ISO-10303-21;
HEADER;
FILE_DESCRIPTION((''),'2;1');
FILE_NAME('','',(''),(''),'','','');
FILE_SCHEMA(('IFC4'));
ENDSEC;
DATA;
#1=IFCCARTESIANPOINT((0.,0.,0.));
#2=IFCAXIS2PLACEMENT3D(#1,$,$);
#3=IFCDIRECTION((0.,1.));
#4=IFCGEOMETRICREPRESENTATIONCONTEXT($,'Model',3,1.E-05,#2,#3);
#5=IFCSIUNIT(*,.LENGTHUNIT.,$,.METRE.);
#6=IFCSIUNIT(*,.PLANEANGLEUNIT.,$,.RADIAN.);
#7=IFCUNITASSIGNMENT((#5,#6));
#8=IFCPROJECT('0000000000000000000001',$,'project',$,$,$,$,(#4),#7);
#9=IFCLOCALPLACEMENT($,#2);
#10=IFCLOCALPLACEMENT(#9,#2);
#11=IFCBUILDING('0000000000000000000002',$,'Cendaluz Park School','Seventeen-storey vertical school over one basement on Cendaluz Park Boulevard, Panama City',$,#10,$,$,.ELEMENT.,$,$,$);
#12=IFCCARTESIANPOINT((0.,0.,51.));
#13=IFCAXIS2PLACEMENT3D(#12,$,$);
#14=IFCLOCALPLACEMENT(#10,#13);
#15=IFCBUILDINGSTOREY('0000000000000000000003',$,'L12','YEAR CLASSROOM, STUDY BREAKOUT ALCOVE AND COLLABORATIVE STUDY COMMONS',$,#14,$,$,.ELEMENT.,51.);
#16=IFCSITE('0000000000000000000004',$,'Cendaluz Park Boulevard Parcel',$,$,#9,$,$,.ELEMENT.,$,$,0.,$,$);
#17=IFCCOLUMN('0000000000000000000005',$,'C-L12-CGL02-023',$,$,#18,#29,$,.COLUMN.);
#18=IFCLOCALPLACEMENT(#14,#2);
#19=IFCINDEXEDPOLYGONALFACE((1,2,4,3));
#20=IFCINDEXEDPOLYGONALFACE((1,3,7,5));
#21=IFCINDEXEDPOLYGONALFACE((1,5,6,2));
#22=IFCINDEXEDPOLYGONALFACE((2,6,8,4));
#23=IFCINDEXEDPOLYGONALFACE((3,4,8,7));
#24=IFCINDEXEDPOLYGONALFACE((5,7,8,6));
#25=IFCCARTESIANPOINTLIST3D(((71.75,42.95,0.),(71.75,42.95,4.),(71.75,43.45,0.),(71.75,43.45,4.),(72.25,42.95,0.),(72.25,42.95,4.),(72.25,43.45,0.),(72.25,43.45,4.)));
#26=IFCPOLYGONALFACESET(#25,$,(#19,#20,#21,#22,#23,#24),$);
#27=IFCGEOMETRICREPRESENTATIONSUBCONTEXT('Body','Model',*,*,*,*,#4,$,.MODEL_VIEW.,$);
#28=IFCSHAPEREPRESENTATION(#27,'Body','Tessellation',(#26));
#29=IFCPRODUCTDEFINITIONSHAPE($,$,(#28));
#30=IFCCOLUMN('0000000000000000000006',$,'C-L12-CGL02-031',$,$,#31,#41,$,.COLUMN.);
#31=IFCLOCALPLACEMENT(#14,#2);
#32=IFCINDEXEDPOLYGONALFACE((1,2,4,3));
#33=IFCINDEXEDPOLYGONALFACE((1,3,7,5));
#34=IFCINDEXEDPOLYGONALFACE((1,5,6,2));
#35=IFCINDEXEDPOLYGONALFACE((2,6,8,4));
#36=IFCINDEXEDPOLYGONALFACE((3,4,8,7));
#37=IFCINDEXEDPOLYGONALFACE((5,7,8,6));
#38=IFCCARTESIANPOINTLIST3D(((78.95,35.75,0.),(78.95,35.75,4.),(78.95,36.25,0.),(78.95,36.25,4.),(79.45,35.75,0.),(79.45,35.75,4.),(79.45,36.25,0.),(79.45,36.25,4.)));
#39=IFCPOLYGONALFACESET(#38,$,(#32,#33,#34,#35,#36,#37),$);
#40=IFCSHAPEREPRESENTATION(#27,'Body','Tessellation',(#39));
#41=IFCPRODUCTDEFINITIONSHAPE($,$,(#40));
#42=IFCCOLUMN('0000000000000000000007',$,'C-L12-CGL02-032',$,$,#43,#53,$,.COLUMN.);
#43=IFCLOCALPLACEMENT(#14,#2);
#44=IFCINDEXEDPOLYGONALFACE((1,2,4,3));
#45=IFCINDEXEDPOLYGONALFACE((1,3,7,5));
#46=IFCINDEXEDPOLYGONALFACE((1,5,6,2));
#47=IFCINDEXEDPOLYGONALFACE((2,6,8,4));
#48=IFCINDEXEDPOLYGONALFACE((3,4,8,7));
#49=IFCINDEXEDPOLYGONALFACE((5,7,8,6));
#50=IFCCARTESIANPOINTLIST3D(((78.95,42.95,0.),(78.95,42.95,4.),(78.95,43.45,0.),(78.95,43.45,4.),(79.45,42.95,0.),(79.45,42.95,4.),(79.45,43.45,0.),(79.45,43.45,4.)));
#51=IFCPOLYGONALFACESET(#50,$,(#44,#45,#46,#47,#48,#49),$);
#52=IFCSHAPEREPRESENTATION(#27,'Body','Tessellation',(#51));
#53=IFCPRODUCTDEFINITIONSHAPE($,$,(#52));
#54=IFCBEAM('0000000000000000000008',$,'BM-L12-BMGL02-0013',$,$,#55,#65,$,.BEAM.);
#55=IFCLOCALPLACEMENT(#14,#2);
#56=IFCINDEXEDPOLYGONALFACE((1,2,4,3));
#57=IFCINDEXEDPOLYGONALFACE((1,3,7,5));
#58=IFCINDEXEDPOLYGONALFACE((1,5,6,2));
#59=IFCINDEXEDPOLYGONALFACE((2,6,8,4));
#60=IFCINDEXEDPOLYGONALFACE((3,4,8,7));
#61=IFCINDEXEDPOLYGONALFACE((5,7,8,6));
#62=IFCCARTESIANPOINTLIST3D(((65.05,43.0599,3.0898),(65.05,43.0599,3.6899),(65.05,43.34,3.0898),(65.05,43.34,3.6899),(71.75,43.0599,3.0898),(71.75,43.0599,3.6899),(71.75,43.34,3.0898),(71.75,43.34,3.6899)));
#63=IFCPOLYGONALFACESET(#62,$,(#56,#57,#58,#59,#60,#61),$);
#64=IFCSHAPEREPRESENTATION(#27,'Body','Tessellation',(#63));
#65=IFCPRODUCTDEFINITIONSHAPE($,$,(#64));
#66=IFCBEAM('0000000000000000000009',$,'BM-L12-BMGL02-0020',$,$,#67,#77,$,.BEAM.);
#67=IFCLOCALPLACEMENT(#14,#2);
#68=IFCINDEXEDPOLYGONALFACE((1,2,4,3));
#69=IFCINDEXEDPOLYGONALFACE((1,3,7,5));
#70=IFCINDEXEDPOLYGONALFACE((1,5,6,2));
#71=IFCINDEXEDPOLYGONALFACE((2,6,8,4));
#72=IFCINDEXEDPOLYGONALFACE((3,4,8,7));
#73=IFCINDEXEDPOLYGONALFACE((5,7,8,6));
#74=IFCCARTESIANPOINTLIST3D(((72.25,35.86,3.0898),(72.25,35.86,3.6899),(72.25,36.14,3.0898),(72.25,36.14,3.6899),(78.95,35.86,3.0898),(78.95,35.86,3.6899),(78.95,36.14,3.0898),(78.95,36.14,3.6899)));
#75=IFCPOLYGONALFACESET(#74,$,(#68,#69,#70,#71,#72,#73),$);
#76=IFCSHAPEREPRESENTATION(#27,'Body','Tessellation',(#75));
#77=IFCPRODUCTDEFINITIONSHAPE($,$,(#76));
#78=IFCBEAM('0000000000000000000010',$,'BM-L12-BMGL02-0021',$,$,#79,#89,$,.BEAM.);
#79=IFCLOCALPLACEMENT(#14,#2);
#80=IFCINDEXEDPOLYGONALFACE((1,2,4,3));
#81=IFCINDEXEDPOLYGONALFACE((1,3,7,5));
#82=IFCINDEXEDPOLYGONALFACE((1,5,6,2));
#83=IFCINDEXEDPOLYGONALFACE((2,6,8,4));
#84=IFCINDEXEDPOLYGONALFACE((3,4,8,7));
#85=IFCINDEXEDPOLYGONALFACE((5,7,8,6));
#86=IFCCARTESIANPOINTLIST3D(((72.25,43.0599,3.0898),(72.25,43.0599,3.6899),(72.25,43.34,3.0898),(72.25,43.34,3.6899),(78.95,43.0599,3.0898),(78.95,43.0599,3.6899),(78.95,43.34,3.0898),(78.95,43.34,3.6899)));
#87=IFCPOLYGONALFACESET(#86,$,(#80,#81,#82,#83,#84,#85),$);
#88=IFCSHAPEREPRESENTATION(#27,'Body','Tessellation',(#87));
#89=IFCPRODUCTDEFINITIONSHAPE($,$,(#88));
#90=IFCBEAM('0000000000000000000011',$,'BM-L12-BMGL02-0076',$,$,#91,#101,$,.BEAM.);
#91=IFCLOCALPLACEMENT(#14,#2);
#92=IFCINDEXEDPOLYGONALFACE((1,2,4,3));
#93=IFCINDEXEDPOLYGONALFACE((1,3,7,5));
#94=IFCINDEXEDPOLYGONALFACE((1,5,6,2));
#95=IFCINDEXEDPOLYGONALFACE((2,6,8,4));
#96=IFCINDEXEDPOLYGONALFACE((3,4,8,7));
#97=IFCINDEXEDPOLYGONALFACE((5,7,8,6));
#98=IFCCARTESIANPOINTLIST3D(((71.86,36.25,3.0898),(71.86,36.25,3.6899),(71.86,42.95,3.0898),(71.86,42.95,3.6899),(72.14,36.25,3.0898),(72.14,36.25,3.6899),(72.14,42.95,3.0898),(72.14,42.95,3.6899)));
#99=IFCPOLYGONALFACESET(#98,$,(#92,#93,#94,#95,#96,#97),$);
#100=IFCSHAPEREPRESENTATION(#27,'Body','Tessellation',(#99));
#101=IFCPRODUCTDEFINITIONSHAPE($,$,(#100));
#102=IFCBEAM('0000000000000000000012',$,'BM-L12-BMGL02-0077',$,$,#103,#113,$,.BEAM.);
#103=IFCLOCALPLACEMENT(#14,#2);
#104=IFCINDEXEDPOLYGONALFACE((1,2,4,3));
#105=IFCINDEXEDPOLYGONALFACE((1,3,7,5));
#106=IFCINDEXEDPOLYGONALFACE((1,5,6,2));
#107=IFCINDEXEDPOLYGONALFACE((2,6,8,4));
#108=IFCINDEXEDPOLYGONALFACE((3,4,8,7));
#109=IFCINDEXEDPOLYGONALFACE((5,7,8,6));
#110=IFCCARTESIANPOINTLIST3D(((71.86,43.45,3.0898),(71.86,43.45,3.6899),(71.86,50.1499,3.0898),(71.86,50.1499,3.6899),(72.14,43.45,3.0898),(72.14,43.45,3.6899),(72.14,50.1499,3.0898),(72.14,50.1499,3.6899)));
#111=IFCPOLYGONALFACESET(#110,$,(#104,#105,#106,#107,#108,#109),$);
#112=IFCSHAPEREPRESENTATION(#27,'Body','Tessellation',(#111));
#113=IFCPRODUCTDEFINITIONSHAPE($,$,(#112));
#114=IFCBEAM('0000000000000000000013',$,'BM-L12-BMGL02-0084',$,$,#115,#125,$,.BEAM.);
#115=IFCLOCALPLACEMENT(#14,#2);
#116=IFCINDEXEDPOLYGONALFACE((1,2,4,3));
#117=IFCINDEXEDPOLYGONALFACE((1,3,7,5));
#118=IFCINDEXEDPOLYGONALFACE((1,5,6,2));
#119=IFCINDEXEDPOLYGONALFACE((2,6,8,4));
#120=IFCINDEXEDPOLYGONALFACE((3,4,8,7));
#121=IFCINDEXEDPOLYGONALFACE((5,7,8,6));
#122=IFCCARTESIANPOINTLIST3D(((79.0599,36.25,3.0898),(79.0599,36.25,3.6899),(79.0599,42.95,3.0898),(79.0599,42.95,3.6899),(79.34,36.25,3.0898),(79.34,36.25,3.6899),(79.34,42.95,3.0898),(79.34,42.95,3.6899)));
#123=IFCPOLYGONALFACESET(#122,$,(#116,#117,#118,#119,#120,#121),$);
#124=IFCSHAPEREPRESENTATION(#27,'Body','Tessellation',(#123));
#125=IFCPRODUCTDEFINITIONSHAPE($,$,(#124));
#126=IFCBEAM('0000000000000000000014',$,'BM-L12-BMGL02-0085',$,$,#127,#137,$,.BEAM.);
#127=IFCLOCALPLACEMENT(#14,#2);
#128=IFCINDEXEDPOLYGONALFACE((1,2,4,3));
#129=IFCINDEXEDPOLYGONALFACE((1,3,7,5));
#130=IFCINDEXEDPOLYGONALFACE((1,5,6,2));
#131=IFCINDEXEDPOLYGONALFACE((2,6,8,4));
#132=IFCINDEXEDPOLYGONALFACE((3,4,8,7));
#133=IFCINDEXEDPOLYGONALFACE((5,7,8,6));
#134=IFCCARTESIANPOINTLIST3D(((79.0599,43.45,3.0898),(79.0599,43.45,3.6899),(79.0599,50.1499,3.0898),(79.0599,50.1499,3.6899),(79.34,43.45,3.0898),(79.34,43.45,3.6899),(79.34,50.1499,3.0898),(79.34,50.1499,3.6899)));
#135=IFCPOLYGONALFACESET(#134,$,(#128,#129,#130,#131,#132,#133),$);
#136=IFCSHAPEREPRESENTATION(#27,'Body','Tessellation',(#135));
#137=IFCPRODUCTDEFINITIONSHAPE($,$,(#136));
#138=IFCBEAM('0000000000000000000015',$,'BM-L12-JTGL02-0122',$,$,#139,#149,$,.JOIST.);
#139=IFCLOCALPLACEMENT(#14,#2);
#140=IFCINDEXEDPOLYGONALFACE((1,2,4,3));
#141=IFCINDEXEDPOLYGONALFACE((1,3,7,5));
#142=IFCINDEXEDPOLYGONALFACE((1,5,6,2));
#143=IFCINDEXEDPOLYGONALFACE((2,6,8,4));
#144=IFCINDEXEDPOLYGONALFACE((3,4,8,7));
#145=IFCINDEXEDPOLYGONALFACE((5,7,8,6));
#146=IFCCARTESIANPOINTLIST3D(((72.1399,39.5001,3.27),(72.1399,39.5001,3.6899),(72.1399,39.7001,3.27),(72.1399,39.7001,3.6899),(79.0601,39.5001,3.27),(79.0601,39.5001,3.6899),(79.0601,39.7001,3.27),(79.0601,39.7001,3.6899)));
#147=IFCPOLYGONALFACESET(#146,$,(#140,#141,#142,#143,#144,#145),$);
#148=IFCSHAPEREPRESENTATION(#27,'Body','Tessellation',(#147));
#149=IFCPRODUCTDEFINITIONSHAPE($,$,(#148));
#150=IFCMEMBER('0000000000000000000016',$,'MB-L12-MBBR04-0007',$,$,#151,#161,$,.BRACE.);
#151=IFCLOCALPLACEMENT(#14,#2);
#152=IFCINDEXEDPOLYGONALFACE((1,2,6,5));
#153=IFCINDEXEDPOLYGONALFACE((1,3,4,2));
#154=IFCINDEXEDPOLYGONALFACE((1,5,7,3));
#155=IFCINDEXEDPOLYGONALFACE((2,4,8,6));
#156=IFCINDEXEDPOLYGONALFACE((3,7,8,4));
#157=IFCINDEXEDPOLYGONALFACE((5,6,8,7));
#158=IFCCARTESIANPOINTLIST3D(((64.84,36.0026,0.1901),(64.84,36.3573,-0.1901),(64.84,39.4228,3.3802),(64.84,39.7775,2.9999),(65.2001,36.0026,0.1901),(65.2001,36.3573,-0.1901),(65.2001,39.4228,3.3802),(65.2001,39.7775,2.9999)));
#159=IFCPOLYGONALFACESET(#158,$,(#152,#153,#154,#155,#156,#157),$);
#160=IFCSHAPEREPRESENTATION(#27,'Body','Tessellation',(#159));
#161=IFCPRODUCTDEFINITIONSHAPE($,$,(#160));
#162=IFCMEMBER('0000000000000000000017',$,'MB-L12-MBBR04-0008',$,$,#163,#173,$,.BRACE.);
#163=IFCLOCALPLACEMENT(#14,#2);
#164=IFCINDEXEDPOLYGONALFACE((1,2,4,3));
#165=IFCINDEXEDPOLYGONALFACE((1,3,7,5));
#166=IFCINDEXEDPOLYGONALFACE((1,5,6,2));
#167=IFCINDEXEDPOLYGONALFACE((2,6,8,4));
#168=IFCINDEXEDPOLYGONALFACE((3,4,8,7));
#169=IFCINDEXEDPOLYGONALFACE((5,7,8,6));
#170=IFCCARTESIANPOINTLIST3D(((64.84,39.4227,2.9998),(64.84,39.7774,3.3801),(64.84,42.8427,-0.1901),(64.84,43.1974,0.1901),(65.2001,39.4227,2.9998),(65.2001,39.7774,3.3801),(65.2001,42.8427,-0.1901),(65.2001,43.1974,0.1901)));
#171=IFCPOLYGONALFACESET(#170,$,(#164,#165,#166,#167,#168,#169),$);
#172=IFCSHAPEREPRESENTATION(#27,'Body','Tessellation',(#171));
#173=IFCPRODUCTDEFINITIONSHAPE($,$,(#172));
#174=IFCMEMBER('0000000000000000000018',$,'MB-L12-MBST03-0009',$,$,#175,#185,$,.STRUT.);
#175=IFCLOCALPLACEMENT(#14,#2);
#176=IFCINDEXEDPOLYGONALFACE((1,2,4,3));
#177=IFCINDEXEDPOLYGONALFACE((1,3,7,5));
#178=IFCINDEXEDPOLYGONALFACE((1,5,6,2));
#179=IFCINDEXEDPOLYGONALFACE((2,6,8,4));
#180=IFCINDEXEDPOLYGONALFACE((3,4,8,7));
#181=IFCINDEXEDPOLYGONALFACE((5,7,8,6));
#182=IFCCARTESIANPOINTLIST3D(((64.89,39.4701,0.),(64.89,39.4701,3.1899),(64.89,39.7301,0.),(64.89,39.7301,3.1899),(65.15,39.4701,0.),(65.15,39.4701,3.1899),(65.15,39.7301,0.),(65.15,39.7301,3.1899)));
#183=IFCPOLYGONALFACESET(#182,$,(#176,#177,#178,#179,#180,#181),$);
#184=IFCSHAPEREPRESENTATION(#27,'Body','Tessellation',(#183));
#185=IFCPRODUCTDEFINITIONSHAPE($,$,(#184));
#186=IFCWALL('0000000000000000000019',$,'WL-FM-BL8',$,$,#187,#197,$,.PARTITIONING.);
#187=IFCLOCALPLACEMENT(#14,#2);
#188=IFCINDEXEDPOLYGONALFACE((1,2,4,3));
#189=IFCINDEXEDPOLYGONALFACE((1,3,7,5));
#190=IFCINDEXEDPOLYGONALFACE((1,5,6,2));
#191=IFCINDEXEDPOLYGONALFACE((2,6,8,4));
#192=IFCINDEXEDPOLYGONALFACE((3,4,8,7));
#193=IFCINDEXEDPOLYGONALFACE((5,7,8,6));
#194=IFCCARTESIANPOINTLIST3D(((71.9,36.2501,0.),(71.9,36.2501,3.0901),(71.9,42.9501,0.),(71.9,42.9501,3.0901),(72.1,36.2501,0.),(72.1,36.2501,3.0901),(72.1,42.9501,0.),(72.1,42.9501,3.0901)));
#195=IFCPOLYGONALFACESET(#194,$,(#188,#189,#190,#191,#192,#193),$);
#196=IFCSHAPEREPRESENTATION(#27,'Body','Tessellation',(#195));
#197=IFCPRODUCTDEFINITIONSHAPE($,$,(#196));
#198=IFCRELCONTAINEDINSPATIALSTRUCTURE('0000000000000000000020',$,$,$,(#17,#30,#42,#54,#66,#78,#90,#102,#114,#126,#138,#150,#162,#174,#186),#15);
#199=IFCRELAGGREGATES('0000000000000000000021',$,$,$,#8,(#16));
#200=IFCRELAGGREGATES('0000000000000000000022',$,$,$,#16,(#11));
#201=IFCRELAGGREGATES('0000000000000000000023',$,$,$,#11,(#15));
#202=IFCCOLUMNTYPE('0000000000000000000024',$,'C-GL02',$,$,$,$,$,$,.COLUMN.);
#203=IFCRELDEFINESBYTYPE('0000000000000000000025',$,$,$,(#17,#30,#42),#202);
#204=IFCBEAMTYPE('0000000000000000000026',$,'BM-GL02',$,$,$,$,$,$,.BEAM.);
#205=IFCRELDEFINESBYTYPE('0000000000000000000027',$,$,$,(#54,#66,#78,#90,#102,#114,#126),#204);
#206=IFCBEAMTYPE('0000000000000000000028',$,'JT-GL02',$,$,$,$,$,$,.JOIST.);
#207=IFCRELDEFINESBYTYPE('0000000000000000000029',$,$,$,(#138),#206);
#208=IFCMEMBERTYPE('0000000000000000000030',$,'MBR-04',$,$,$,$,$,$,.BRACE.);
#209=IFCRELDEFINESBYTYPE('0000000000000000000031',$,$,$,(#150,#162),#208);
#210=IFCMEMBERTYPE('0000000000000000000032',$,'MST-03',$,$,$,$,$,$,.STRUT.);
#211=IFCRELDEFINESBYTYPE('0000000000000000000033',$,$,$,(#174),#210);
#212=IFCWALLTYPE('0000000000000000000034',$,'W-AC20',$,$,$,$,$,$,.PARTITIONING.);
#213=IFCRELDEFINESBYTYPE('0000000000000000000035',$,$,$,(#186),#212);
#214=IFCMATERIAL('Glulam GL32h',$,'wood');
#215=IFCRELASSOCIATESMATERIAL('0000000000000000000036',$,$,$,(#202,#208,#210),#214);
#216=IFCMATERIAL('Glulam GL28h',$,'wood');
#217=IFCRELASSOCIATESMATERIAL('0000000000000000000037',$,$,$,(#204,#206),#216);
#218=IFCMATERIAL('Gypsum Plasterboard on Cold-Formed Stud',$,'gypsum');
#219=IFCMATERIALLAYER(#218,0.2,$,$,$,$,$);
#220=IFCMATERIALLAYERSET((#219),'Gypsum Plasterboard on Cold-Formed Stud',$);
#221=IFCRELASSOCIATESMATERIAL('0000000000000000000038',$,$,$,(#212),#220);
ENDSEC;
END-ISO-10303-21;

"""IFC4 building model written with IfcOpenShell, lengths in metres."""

from ifc_helpers import new_model, si_unit, direction, frame, frame_2d, origin, origin_2d, place, context, subcontext, project, spatial, rectangle, extrude, material, layer, layer_set, material_profile, profile_set, type_object, element, save


model = new_model("IFC4")

# Units and contexts
model_context = context("Model", 3, precision=1e-05, world=origin(), true_north=direction((0.0, 1.0)))
body_context = subcontext(model_context, "Body", "Model", "MODEL_VIEW")
ifc_project = project(units=[si_unit("LENGTHUNIT", "METRE"), si_unit("PLANEANGLEUNIT", "RADIAN")], contexts=[model_context])

# Site, building, storey
site_placement = place(None, origin())
site = spatial("IfcSite", under=ifc_project, at=site_placement, Name="Cendaluz Park Boulevard Parcel", CompositionType="ELEMENT", RefElevation=0.0)
building_placement = place(site_placement, origin())
building = spatial("IfcBuilding", under=site, at=building_placement, Name="Cendaluz Park School", Description="Seventeen-storey vertical school over one basement on Cendaluz Park Boulevard, Panama City", CompositionType="ELEMENT")
storey_placement = place(building_placement, frame((0.0, 0.0, 51.0)))
storey = spatial("IfcBuildingStorey", under=building, at=storey_placement, Name="L12", Description="YEAR CLASSROOM, STUDY BREAKOUT ALCOVE AND COLLABORATIVE STUDY COMMONS", CompositionType="ELEMENT", Elevation=51.0)

# Columns
ifc_material_1 = material(Name="Glulam GL32h", Category="wood")
ifc_material_profile_1 = material_profile(ifc_material_1, rectangle(XDim=0.5, YDim=0.5, at=origin_2d()), Name="GL32h 500x500", Category="wood")
ifc_profile_set_1 = profile_set([ifc_material_profile_1], Name="Glulam GL32h")
column_type = type_object("IfcColumnType", Name="C-GL02", PredefinedType="COLUMN", material=ifc_profile_set_1)
for number, where, z_axis, x_axis, name in (
    (1, (72.0, 43.2, 0.0), (0.0, 0.0, 1.0), (1.0, 0.0, 0.0), "C-L12-CGL02-023"),
    (2, (79.2, 36.0, 0.0), (0.0, 0.0, 1.0), (1.0, 0.0, 0.0), "C-L12-CGL02-031"),
    (3, (79.2, 43.2, 0.0), (0.0, 0.0, 1.0), (1.0, 0.0, 0.0), "C-L12-CGL02-032"),
):
    element("IfcColumn", number, at=place(storey_placement, frame(where, z_axis=z_axis, x_axis=x_axis)), inside=storey, type_object=column_type, Name=name, PredefinedType="COLUMN", context=body_context, shape_type="SweptSolid", body=[
        extrude(rectangle(XDim=0.5, YDim=0.5, at=origin_2d()), origin(), (0.0, 0.0, 1.0), 4.0),
    ])

# Beams
ifc_material_2 = material(Name="Glulam GL28h", Category="wood")
ifc_material_profile_2 = material_profile(ifc_material_2, rectangle(XDim=0.28, YDim=0.6001, at=origin_2d()), Name="GL28h 280x600", Category="wood")
ifc_profile_set_2 = profile_set([ifc_material_profile_2], Name="Glulam GL28h")
beam_type_1 = type_object("IfcBeamType", Name="BM-GL02", PredefinedType="BEAM", material=ifc_profile_set_2)
for number, where, z_axis, x_axis, name in (
    (4, (65.05, 43.2, 3.3899), (1.0, 0.0, 0.0), (0.0, 1.0, 0.0), "BM-L12-BMGL02-0013"),
    (5, (72.25, 36.0, 3.3899), (1.0, 0.0, 0.0), (0.0, 1.0, 0.0), "BM-L12-BMGL02-0020"),
    (6, (72.25, 43.2, 3.3899), (1.0, 0.0, 0.0), (0.0, 1.0, 0.0), "BM-L12-BMGL02-0021"),
    (7, (72.0, 36.25, 3.3899), (0.0, 1.0, 0.0), (-1.0, 0.0, 0.0), "BM-L12-BMGL02-0076"),
    (8, (72.0, 43.45, 3.3899), (0.0, 1.0, 0.0), (-1.0, 0.0, 0.0), "BM-L12-BMGL02-0077"),
    (9, (79.2, 36.25, 3.3899), (0.0, 1.0, 0.0), (-1.0, 0.0, 0.0), "BM-L12-BMGL02-0084"),
    (10, (79.2, 43.45, 3.3899), (0.0, 1.0, 0.0), (-1.0, 0.0, 0.0), "BM-L12-BMGL02-0085"),
):
    element("IfcBeam", number, at=place(storey_placement, frame(where, z_axis=z_axis, x_axis=x_axis)), inside=storey, type_object=beam_type_1, Name=name, PredefinedType="BEAM", context=body_context, shape_type="SweptSolid", body=[
        extrude(rectangle(XDim=0.28, YDim=0.6001, at=origin_2d()), origin(), (0.0, 0.0, 1.0), 6.7),
    ])
ifc_material_profile_3 = material_profile(ifc_material_2, rectangle(XDim=0.2, YDim=0.4199, at=origin_2d()), Name="GL28h 200x420", Category="wood")
ifc_profile_set_3 = profile_set([ifc_material_profile_3], Name="Glulam GL28h")
beam_type_2 = type_object("IfcBeamType", Name="JT-GL02", PredefinedType="JOIST", material=ifc_profile_set_3)
beam_placement = place(storey_placement, frame((72.1399, 39.6001, 3.48), z_axis=(1.0, 0.0, 0.0), x_axis=(0.0, 1.0, 0.0)))
element("IfcBeam", 11, at=beam_placement, inside=storey, type_object=beam_type_2, Name="BM-L12-JTGL02-0122", PredefinedType="JOIST", context=body_context, shape_type="SweptSolid", body=[
    extrude(rectangle(XDim=0.2, YDim=0.4199, at=origin_2d()), origin(), (0.0, 0.0, 1.0), 6.9202),
])

# Members
ifc_material_profile_4 = material_profile(ifc_material_1, rectangle(XDim=0.3601, YDim=0.52, at=origin_2d()), Name="GL32h 360x520", Category="wood")
ifc_profile_set_4 = profile_set([ifc_material_profile_4], Name="Glulam GL32h")
member_type_1 = type_object("IfcMemberType", Name="MBR-04", PredefinedType="BRACE", material=ifc_profile_set_4)
member_1_placement = place(storey_placement, frame((65.02, 36.1799, 0.0), z_axis=(0.0, 0.731291, 0.682065), x_axis=(-1.0, 0.0, 0.0)))
element("IfcMember", 12, at=member_1_placement, inside=storey, type_object=member_type_1, Name="MB-L12-MBBR04-0007", PredefinedType="BRACE", context=body_context, shape_type="SweptSolid", body=[
    extrude(rectangle(XDim=0.3601, YDim=0.52, at=origin_2d()), origin(), (0.0, 0.0, 1.0), 4.677),
])
member_2_placement = place(storey_placement, frame((65.02, 43.02, 0.0), z_axis=(0.0, -0.731267, 0.682091), x_axis=(1.0, 0.0, 0.0)))
element("IfcMember", 13, at=member_2_placement, inside=storey, type_object=member_type_1, Name="MB-L12-MBBR04-0008", PredefinedType="BRACE", context=body_context, shape_type="SweptSolid", body=[
    extrude(rectangle(XDim=0.3601, YDim=0.52, at=origin_2d()), origin(), (0.0, 0.0, 1.0), 4.6768),
])
ifc_material_profile_5 = material_profile(ifc_material_1, rectangle(XDim=0.26, YDim=0.26, at=origin_2d()), Name="GL32h 260x260", Category="wood")
ifc_profile_set_5 = profile_set([ifc_material_profile_5], Name="Glulam GL32h")
member_type_2 = type_object("IfcMemberType", Name="MST-03", PredefinedType="STRUT", material=ifc_profile_set_5)
member_3_placement = place(storey_placement, frame((65.02, 39.6001, 0.0), z_axis=(0.0, 0.0, 1.0), x_axis=(1.0, 0.0, 0.0)))
element("IfcMember", 14, at=member_3_placement, inside=storey, type_object=member_type_2, Name="MB-L12-MBST03-0009", PredefinedType="STRUT", context=body_context, shape_type="SweptSolid", body=[
    extrude(rectangle(XDim=0.26, YDim=0.26, at=origin_2d()), origin(), (0.0, 0.0, 1.0), 3.1899),
])

# Wall
ifc_material_3 = material(Name="Gypsum Plasterboard on Cold-Formed Stud", Category="gypsum")
ifc_layer_1 = layer(ifc_material_3, 0.2)
ifc_layer_set_1 = layer_set([ifc_layer_1], Name="Gypsum Plasterboard on Cold-Formed Stud")
wall_type_1 = type_object("IfcWallType", Name="W-AC20", PredefinedType="PARTITIONING", material=ifc_layer_set_1)
wall_1_placement = place(storey_placement, frame((72.0, 36.25, 0.0), z_axis=(0.0, 0.0, 1.0), x_axis=(0.0, 1.0, 0.0)))
element("IfcWall", 15, at=wall_1_placement, inside=storey, type_object=wall_type_1, Name="WL-FM-BL8", PredefinedType="PARTITIONING", context=body_context, shape_type="SweptSolid", body=[
    extrude(rectangle(XDim=6.7, YDim=0.2, at=frame_2d((3.3501, 0.0))), origin(), (0.0, 0.0, 1.0), 3.0901),
])

save(model, "model.ifc")
